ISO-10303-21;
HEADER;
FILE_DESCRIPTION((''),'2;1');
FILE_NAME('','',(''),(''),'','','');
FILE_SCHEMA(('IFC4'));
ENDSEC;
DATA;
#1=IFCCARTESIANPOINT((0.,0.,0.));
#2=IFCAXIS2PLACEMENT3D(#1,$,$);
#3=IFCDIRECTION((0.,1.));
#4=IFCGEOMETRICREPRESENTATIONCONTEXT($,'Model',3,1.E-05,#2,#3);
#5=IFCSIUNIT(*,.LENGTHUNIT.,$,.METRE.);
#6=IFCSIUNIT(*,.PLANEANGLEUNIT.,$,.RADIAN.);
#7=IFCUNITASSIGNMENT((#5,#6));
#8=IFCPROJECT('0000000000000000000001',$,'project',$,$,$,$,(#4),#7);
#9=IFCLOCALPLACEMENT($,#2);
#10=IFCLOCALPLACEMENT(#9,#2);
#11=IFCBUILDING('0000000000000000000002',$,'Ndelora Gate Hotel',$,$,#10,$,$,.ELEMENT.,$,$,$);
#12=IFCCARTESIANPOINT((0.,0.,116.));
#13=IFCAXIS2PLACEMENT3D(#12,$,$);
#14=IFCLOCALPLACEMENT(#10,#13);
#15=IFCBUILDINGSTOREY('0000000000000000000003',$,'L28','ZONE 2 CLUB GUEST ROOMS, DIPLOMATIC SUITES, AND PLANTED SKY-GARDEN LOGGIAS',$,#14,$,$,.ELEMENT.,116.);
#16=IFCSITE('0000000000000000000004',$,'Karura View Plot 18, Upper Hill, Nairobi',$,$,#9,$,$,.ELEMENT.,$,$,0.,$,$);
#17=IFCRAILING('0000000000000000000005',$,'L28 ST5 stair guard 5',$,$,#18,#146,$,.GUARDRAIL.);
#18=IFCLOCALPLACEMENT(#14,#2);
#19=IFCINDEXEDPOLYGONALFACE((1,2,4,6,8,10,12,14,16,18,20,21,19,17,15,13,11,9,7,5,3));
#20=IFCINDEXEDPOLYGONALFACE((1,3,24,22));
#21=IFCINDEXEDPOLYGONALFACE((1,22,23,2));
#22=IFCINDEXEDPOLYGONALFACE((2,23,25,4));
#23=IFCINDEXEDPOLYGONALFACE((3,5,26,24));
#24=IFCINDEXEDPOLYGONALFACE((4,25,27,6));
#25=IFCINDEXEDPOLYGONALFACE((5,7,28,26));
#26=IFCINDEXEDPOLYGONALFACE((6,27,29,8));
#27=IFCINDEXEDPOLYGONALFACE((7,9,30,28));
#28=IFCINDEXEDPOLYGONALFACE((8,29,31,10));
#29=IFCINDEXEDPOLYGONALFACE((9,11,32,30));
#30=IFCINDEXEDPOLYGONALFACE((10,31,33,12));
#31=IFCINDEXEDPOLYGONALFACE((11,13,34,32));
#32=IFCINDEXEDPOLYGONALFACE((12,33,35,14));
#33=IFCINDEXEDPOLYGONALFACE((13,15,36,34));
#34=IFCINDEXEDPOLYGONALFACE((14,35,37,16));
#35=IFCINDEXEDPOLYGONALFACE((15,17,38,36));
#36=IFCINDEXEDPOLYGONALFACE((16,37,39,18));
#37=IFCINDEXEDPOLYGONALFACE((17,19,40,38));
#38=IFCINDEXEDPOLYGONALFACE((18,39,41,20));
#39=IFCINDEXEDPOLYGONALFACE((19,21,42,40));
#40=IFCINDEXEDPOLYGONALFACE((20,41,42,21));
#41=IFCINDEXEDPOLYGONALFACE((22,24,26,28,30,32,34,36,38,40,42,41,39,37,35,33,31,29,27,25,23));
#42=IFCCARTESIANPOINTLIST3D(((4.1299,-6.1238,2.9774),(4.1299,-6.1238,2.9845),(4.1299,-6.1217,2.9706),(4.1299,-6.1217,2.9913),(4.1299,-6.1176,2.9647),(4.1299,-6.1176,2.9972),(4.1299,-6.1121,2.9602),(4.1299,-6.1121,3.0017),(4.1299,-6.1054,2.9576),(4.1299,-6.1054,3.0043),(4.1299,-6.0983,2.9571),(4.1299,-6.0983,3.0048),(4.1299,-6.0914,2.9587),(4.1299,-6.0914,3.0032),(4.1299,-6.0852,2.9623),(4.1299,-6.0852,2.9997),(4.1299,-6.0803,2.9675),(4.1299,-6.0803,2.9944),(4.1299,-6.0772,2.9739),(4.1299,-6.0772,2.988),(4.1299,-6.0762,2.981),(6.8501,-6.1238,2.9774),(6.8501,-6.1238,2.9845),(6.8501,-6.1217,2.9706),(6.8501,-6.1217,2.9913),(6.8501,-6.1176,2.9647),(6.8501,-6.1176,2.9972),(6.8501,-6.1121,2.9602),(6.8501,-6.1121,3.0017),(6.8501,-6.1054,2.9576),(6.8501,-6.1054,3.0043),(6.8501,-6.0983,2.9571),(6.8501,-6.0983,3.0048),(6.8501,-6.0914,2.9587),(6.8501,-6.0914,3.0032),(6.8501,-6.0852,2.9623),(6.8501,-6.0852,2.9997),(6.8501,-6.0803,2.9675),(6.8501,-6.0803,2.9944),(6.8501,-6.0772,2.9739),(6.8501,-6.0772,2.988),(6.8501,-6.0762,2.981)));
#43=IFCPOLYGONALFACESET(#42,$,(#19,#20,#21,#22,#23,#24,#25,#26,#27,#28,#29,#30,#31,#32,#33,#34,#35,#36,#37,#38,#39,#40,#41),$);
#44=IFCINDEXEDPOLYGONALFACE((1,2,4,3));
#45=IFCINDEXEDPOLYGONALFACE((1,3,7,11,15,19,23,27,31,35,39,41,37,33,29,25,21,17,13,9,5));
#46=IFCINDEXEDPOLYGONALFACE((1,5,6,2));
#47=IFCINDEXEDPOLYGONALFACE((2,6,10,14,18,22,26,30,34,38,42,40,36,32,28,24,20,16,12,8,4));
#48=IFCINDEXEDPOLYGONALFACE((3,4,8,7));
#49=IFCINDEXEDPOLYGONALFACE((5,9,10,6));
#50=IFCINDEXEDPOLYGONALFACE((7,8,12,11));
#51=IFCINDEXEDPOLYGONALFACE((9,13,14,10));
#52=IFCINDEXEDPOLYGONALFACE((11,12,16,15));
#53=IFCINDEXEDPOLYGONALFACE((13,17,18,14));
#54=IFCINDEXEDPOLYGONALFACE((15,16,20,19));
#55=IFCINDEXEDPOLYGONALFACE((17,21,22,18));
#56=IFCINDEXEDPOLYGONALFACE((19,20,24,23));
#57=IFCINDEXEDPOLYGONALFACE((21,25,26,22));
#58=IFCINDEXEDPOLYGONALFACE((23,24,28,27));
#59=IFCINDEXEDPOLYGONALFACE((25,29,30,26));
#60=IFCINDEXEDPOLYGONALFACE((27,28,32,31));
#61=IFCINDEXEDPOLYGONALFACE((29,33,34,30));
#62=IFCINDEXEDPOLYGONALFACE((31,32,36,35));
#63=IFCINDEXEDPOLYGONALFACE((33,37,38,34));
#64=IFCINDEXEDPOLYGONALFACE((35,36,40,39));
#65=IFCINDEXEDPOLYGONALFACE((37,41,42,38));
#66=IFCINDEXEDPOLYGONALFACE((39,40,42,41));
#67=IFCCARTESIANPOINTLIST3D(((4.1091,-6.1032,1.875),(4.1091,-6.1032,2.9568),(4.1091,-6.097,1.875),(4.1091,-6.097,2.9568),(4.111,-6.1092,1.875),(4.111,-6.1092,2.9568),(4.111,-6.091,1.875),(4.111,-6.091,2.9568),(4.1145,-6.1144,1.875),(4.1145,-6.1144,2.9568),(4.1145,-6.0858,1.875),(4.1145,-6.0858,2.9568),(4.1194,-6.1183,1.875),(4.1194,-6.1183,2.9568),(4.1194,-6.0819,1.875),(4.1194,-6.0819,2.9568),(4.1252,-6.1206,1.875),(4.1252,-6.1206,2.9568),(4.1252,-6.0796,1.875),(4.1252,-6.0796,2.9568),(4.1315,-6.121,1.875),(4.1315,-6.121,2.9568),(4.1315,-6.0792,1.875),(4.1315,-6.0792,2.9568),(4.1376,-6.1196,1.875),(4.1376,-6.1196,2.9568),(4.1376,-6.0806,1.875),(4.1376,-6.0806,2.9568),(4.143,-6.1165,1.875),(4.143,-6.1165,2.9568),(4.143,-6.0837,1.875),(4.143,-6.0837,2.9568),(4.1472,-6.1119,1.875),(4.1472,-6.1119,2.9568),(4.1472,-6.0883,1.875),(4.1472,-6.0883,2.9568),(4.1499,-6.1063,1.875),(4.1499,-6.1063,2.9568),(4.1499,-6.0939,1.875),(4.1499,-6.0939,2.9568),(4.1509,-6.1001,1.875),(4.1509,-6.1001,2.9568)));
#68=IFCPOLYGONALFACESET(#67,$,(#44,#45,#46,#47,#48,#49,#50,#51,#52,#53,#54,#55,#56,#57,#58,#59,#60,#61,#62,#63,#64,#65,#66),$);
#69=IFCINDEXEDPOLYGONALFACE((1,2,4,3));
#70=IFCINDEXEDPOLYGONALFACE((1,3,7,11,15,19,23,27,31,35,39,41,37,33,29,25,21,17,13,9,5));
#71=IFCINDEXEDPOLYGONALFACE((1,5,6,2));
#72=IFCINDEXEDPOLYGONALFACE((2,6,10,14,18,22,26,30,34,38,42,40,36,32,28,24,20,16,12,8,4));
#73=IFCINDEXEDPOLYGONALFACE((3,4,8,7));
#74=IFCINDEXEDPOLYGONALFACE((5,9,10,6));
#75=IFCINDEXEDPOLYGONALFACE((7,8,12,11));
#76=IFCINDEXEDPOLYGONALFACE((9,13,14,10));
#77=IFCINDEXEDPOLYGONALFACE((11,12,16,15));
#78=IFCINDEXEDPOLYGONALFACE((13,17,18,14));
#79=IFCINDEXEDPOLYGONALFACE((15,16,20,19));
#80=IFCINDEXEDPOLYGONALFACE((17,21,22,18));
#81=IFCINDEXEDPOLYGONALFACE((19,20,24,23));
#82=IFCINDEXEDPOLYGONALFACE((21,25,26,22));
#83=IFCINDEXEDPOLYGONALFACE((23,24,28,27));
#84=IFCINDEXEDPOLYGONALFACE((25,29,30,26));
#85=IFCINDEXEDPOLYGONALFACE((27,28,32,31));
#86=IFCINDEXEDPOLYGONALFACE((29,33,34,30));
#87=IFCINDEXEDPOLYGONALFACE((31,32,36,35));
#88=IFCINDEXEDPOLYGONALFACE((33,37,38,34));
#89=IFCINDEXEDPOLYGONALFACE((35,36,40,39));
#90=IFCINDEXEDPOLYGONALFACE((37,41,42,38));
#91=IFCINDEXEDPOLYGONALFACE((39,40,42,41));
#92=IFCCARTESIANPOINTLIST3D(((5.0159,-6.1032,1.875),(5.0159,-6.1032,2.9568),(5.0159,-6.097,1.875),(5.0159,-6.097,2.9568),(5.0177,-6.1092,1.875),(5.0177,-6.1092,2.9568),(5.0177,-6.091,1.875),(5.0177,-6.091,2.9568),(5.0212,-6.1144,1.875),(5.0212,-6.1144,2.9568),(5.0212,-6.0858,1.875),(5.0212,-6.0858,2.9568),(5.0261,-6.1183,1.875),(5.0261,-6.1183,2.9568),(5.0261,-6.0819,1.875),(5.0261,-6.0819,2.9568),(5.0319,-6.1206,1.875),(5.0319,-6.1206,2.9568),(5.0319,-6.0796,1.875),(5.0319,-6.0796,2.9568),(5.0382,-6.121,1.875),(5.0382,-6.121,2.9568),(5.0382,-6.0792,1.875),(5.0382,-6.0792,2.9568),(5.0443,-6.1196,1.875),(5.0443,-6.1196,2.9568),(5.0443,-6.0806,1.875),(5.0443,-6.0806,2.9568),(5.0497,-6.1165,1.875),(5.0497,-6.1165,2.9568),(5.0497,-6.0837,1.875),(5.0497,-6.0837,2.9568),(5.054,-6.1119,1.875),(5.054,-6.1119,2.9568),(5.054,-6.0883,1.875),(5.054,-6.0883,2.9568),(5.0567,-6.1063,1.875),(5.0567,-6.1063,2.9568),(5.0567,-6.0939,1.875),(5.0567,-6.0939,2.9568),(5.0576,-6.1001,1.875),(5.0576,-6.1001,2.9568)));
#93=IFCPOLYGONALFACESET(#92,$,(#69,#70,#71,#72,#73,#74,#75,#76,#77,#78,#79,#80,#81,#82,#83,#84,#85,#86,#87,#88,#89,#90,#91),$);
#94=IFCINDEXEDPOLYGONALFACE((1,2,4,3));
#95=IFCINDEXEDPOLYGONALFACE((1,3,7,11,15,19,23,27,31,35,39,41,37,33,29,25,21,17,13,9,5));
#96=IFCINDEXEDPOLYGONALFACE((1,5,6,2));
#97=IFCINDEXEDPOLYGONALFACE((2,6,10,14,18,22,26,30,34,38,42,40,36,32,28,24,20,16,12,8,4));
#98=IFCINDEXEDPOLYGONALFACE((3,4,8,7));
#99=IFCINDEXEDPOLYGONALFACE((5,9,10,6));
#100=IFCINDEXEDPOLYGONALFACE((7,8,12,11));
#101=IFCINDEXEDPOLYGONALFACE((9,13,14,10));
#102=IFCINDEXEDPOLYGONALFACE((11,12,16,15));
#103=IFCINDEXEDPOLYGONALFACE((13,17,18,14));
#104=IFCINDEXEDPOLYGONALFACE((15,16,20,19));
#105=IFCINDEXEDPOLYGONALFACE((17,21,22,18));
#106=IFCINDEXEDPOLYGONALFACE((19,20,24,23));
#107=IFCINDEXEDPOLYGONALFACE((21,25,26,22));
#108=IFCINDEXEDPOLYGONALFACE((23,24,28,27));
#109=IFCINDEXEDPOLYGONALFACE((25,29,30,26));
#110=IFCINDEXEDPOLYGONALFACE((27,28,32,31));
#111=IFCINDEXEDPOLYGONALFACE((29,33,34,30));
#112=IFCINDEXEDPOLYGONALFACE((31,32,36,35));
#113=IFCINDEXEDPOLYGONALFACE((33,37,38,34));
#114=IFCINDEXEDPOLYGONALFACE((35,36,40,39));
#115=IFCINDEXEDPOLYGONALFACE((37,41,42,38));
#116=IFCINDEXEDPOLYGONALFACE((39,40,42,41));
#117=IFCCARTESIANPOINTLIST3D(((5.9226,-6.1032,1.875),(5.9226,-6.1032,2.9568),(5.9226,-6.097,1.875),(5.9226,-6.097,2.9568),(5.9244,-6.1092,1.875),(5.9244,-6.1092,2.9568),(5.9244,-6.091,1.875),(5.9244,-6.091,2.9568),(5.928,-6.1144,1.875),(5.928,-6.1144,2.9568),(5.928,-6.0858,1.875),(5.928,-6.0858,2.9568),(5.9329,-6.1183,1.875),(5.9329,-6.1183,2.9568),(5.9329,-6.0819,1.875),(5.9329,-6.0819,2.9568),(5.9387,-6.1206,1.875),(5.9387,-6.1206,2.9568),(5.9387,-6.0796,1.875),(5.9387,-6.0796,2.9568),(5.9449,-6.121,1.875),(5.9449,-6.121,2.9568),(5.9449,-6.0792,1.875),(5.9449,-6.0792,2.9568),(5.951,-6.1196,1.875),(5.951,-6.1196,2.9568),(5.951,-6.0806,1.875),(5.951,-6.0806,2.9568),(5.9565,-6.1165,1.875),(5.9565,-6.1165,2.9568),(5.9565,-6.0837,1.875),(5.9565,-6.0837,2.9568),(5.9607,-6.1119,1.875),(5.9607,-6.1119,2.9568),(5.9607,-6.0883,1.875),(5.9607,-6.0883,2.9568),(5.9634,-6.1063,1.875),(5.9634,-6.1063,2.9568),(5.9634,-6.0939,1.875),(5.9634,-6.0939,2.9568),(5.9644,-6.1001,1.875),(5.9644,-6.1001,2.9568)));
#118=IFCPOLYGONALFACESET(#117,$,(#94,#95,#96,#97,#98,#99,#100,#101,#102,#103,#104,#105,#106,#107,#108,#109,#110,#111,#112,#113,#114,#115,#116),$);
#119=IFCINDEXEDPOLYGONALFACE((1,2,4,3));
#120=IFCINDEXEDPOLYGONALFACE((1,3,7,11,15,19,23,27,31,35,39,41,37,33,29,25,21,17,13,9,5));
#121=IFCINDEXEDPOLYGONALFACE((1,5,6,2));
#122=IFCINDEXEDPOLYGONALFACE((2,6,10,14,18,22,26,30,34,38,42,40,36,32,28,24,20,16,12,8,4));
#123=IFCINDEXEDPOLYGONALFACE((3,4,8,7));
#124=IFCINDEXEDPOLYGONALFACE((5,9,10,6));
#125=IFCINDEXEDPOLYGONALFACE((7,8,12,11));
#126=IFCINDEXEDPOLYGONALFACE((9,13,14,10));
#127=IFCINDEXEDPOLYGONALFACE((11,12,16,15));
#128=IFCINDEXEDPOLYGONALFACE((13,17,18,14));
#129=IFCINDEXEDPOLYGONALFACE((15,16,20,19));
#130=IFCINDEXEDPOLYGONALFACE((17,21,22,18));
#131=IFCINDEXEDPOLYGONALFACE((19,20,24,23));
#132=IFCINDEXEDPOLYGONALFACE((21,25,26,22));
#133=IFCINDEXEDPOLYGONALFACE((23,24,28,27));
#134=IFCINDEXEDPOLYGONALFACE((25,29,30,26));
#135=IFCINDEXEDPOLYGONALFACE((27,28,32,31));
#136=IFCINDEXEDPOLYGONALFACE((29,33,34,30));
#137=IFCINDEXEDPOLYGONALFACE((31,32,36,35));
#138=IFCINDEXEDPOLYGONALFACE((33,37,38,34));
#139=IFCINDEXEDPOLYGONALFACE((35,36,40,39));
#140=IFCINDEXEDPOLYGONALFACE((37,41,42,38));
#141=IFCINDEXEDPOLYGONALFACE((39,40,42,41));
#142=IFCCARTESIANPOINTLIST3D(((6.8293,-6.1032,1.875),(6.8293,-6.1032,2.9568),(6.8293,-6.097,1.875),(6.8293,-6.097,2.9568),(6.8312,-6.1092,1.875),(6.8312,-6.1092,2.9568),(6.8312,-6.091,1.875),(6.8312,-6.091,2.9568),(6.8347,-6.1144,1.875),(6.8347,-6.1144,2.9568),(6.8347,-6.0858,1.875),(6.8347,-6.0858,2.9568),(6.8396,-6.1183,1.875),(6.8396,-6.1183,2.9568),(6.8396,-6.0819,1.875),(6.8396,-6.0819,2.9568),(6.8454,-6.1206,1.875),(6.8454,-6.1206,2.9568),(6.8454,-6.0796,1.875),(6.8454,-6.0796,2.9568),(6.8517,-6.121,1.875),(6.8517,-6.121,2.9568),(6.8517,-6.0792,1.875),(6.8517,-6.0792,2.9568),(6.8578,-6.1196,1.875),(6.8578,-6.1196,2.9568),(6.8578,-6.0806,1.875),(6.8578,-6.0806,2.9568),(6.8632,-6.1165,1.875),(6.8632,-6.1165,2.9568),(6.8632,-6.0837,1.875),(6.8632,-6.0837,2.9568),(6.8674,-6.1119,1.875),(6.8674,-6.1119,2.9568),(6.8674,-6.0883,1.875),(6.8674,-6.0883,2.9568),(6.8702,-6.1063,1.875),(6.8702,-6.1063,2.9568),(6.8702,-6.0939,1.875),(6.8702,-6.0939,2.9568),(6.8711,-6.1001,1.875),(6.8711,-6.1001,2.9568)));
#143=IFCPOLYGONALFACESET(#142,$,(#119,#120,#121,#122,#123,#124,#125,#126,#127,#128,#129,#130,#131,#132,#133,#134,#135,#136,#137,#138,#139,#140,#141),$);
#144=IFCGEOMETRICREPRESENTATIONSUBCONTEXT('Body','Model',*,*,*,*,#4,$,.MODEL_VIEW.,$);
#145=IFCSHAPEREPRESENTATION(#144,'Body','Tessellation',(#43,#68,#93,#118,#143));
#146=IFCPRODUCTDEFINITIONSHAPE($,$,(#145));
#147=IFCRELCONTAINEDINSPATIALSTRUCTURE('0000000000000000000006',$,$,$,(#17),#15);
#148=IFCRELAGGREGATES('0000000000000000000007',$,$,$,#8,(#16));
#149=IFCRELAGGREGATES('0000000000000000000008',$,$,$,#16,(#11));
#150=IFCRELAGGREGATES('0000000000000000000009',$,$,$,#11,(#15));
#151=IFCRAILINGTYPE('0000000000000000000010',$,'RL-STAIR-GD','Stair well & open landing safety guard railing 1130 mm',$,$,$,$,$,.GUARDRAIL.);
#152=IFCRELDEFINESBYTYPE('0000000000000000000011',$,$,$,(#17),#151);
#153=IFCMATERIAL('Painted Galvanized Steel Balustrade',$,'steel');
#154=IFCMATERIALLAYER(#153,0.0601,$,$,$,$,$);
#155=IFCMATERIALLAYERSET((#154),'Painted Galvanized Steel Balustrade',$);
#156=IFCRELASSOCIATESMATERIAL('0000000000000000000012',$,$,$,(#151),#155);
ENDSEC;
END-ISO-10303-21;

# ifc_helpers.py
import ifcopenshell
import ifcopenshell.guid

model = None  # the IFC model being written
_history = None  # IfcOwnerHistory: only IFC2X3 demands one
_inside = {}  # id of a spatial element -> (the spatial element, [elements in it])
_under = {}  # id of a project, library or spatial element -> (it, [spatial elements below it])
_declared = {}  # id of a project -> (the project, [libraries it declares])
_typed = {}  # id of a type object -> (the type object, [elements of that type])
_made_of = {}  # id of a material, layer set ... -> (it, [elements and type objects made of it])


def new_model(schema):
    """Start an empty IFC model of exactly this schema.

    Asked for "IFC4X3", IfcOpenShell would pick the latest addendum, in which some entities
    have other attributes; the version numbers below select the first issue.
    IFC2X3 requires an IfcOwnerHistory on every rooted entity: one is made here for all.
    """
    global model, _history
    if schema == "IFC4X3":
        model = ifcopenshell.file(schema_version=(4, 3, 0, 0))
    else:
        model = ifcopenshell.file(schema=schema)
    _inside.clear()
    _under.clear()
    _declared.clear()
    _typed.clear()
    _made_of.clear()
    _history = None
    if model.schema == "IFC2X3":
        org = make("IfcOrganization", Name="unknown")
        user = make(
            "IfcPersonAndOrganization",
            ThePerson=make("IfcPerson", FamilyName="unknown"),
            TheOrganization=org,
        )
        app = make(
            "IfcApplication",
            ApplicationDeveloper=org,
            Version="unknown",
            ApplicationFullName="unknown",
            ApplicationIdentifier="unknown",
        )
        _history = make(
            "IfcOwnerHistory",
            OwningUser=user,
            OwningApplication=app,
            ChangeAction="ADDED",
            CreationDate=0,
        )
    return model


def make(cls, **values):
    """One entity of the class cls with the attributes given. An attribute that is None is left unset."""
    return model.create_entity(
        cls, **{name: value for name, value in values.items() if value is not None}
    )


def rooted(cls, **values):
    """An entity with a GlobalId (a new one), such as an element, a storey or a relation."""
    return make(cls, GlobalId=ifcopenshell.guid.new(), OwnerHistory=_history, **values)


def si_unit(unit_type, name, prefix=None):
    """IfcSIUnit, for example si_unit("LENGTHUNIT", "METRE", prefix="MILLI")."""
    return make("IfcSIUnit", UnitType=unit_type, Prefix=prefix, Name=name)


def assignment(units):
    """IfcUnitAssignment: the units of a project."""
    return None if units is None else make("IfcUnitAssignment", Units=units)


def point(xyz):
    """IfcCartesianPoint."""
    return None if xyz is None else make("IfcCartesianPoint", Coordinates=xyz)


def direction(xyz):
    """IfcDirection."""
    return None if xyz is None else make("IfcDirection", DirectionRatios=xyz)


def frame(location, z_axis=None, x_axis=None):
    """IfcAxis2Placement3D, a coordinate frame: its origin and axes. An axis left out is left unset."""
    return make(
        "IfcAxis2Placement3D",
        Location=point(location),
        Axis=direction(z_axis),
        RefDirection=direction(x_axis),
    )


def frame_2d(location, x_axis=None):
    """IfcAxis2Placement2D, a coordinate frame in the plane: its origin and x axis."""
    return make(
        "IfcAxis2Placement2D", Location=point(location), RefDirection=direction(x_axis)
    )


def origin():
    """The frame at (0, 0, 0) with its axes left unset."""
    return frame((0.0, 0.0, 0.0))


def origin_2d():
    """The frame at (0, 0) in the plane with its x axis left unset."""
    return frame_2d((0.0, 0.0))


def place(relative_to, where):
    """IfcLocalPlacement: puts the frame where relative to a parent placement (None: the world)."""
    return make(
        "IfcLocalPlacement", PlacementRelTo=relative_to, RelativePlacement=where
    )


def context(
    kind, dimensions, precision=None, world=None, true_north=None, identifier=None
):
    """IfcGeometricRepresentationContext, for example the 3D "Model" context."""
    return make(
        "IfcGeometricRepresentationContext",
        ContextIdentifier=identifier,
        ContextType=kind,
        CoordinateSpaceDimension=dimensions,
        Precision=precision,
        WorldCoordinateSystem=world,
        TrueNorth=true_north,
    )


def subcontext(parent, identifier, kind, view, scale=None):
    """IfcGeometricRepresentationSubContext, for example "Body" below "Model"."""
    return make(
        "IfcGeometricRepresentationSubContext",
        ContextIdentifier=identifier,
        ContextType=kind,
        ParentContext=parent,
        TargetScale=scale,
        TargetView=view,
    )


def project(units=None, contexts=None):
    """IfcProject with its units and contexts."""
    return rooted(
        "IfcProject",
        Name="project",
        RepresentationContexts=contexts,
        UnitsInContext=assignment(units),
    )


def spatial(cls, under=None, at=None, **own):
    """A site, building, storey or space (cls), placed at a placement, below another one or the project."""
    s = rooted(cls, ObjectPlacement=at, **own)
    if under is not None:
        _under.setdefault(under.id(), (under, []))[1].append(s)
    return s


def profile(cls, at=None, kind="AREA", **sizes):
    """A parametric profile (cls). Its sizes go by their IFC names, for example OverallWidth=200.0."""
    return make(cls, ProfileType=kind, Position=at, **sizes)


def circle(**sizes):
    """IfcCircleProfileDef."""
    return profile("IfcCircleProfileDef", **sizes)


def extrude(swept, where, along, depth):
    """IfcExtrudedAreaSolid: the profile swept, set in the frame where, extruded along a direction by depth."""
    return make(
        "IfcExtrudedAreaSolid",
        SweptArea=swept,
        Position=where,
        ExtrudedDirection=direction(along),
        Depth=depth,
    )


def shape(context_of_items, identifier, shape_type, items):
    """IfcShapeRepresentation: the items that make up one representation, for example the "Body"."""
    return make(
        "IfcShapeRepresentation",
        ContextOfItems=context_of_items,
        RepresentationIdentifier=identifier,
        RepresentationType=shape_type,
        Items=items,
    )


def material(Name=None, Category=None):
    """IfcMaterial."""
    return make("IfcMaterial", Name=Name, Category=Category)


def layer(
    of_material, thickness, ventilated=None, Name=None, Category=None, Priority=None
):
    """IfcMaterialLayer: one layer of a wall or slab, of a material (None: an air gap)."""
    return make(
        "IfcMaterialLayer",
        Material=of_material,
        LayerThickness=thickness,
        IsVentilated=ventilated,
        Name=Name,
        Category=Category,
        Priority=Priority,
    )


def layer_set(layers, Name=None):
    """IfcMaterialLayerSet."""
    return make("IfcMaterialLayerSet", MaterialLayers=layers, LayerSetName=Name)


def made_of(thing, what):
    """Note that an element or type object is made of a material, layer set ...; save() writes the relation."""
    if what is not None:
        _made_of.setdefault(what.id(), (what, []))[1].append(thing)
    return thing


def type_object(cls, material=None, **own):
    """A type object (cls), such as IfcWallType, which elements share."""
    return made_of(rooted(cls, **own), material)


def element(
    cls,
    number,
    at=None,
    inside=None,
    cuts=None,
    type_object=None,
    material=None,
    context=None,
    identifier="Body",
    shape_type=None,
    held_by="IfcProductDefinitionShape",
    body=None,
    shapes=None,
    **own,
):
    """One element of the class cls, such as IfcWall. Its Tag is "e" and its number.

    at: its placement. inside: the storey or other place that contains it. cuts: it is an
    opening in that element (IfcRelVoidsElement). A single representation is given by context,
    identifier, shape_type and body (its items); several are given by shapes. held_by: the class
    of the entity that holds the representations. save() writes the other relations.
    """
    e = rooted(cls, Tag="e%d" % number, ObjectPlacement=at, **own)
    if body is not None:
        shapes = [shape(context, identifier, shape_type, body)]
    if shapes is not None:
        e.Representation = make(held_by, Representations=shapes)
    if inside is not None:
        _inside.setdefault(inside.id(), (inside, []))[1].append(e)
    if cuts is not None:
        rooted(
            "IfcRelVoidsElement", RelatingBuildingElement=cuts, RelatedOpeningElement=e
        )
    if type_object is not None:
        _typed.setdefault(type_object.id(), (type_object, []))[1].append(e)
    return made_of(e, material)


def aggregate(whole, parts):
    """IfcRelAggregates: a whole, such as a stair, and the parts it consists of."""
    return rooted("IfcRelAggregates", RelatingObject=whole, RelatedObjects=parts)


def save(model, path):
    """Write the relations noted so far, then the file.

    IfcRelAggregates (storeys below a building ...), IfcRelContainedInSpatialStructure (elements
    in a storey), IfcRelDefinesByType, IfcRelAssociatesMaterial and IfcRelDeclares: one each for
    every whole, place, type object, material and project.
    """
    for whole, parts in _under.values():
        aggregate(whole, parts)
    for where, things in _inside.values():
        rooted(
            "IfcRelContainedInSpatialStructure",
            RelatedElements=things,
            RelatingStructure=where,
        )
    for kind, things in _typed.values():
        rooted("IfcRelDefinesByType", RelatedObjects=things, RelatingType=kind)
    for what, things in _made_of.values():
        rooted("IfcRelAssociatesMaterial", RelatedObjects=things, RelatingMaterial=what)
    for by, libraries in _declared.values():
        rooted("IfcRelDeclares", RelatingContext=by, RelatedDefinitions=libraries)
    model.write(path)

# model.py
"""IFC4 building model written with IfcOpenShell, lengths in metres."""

from ifc_helpers import new_model, si_unit, direction, frame, origin, origin_2d, place, context, subcontext, project, spatial, circle, extrude, material, layer, layer_set, type_object, element, save


model = new_model("IFC4")

# Units and contexts
model_context = context("Model", 3, precision=1e-05, world=origin(), true_north=direction((0.0, 1.0)))
body_context = subcontext(model_context, "Body", "Model", "MODEL_VIEW")
ifc_project = project(units=[si_unit("LENGTHUNIT", "METRE"), si_unit("PLANEANGLEUNIT", "RADIAN")], contexts=[model_context])

# Site, building, storey
site_placement = place(None, origin())
site = spatial("IfcSite", under=ifc_project, at=site_placement, Name="Karura View Plot 18, Upper Hill, Nairobi", CompositionType="ELEMENT", RefElevation=0.0)
building_placement = place(site_placement, origin())
building = spatial("IfcBuilding", under=site, at=building_placement, Name="Ndelora Gate Hotel", CompositionType="ELEMENT")
storey_placement = place(building_placement, frame((0.0, 0.0, 116.0)))
storey = spatial("IfcBuildingStorey", under=building, at=storey_placement, Name="L28", Description="ZONE 2 CLUB GUEST ROOMS, DIPLOMATIC SUITES, AND PLANTED SKY-GARDEN LOGGIAS", CompositionType="ELEMENT", Elevation=116.0)

# Railing
ifc_material_1 = material(Name="Painted Galvanized Steel Balustrade", Category="steel")
ifc_layer_1 = layer(ifc_material_1, 0.0601)
ifc_layer_set_1 = layer_set([ifc_layer_1], Name="Painted Galvanized Steel Balustrade")
railing_type_1 = type_object("IfcRailingType", Name="RL-STAIR-GD", Description="Stair well & open landing safety guard railing 1130 mm", PredefinedType="GUARDRAIL", material=ifc_layer_set_1)
railing_1_placement = place(storey_placement, frame((4.1299, -6.1001, 1.875)))
element("IfcRailing", 1, at=railing_1_placement, inside=storey, type_object=railing_type_1, Name="L28 ST5 stair guard 5", PredefinedType="GUARDRAIL", context=body_context, shape_type="SweptSolid", body=[
    extrude(circle(Radius=0.0239, at=origin_2d()), frame((0.0, 0.0, 1.106), z_axis=(1.0, 0.0, 0.0), x_axis=(0.0, 1.0, 0.0)), (0.0, 0.0, 1.0), 2.7202),
    extrude(circle(Radius=0.021, at=origin_2d()), origin(), (0.0, 0.0, 1.0), 1.0818),
    extrude(circle(Radius=0.021, at=origin_2d()), frame((0.9067, 0.0, 0.0)), (0.0, 0.0, 1.0), 1.0818),
    extrude(circle(Radius=0.021, at=origin_2d()), frame((1.8135, 0.0, 0.0)), (0.0, 0.0, 1.0), 1.0818),
    extrude(circle(Radius=0.021, at=origin_2d()), frame((2.7202, 0.0, 0.0)), (0.0, 0.0, 1.0), 1.0818),
])

save(model, "model.ifc")
